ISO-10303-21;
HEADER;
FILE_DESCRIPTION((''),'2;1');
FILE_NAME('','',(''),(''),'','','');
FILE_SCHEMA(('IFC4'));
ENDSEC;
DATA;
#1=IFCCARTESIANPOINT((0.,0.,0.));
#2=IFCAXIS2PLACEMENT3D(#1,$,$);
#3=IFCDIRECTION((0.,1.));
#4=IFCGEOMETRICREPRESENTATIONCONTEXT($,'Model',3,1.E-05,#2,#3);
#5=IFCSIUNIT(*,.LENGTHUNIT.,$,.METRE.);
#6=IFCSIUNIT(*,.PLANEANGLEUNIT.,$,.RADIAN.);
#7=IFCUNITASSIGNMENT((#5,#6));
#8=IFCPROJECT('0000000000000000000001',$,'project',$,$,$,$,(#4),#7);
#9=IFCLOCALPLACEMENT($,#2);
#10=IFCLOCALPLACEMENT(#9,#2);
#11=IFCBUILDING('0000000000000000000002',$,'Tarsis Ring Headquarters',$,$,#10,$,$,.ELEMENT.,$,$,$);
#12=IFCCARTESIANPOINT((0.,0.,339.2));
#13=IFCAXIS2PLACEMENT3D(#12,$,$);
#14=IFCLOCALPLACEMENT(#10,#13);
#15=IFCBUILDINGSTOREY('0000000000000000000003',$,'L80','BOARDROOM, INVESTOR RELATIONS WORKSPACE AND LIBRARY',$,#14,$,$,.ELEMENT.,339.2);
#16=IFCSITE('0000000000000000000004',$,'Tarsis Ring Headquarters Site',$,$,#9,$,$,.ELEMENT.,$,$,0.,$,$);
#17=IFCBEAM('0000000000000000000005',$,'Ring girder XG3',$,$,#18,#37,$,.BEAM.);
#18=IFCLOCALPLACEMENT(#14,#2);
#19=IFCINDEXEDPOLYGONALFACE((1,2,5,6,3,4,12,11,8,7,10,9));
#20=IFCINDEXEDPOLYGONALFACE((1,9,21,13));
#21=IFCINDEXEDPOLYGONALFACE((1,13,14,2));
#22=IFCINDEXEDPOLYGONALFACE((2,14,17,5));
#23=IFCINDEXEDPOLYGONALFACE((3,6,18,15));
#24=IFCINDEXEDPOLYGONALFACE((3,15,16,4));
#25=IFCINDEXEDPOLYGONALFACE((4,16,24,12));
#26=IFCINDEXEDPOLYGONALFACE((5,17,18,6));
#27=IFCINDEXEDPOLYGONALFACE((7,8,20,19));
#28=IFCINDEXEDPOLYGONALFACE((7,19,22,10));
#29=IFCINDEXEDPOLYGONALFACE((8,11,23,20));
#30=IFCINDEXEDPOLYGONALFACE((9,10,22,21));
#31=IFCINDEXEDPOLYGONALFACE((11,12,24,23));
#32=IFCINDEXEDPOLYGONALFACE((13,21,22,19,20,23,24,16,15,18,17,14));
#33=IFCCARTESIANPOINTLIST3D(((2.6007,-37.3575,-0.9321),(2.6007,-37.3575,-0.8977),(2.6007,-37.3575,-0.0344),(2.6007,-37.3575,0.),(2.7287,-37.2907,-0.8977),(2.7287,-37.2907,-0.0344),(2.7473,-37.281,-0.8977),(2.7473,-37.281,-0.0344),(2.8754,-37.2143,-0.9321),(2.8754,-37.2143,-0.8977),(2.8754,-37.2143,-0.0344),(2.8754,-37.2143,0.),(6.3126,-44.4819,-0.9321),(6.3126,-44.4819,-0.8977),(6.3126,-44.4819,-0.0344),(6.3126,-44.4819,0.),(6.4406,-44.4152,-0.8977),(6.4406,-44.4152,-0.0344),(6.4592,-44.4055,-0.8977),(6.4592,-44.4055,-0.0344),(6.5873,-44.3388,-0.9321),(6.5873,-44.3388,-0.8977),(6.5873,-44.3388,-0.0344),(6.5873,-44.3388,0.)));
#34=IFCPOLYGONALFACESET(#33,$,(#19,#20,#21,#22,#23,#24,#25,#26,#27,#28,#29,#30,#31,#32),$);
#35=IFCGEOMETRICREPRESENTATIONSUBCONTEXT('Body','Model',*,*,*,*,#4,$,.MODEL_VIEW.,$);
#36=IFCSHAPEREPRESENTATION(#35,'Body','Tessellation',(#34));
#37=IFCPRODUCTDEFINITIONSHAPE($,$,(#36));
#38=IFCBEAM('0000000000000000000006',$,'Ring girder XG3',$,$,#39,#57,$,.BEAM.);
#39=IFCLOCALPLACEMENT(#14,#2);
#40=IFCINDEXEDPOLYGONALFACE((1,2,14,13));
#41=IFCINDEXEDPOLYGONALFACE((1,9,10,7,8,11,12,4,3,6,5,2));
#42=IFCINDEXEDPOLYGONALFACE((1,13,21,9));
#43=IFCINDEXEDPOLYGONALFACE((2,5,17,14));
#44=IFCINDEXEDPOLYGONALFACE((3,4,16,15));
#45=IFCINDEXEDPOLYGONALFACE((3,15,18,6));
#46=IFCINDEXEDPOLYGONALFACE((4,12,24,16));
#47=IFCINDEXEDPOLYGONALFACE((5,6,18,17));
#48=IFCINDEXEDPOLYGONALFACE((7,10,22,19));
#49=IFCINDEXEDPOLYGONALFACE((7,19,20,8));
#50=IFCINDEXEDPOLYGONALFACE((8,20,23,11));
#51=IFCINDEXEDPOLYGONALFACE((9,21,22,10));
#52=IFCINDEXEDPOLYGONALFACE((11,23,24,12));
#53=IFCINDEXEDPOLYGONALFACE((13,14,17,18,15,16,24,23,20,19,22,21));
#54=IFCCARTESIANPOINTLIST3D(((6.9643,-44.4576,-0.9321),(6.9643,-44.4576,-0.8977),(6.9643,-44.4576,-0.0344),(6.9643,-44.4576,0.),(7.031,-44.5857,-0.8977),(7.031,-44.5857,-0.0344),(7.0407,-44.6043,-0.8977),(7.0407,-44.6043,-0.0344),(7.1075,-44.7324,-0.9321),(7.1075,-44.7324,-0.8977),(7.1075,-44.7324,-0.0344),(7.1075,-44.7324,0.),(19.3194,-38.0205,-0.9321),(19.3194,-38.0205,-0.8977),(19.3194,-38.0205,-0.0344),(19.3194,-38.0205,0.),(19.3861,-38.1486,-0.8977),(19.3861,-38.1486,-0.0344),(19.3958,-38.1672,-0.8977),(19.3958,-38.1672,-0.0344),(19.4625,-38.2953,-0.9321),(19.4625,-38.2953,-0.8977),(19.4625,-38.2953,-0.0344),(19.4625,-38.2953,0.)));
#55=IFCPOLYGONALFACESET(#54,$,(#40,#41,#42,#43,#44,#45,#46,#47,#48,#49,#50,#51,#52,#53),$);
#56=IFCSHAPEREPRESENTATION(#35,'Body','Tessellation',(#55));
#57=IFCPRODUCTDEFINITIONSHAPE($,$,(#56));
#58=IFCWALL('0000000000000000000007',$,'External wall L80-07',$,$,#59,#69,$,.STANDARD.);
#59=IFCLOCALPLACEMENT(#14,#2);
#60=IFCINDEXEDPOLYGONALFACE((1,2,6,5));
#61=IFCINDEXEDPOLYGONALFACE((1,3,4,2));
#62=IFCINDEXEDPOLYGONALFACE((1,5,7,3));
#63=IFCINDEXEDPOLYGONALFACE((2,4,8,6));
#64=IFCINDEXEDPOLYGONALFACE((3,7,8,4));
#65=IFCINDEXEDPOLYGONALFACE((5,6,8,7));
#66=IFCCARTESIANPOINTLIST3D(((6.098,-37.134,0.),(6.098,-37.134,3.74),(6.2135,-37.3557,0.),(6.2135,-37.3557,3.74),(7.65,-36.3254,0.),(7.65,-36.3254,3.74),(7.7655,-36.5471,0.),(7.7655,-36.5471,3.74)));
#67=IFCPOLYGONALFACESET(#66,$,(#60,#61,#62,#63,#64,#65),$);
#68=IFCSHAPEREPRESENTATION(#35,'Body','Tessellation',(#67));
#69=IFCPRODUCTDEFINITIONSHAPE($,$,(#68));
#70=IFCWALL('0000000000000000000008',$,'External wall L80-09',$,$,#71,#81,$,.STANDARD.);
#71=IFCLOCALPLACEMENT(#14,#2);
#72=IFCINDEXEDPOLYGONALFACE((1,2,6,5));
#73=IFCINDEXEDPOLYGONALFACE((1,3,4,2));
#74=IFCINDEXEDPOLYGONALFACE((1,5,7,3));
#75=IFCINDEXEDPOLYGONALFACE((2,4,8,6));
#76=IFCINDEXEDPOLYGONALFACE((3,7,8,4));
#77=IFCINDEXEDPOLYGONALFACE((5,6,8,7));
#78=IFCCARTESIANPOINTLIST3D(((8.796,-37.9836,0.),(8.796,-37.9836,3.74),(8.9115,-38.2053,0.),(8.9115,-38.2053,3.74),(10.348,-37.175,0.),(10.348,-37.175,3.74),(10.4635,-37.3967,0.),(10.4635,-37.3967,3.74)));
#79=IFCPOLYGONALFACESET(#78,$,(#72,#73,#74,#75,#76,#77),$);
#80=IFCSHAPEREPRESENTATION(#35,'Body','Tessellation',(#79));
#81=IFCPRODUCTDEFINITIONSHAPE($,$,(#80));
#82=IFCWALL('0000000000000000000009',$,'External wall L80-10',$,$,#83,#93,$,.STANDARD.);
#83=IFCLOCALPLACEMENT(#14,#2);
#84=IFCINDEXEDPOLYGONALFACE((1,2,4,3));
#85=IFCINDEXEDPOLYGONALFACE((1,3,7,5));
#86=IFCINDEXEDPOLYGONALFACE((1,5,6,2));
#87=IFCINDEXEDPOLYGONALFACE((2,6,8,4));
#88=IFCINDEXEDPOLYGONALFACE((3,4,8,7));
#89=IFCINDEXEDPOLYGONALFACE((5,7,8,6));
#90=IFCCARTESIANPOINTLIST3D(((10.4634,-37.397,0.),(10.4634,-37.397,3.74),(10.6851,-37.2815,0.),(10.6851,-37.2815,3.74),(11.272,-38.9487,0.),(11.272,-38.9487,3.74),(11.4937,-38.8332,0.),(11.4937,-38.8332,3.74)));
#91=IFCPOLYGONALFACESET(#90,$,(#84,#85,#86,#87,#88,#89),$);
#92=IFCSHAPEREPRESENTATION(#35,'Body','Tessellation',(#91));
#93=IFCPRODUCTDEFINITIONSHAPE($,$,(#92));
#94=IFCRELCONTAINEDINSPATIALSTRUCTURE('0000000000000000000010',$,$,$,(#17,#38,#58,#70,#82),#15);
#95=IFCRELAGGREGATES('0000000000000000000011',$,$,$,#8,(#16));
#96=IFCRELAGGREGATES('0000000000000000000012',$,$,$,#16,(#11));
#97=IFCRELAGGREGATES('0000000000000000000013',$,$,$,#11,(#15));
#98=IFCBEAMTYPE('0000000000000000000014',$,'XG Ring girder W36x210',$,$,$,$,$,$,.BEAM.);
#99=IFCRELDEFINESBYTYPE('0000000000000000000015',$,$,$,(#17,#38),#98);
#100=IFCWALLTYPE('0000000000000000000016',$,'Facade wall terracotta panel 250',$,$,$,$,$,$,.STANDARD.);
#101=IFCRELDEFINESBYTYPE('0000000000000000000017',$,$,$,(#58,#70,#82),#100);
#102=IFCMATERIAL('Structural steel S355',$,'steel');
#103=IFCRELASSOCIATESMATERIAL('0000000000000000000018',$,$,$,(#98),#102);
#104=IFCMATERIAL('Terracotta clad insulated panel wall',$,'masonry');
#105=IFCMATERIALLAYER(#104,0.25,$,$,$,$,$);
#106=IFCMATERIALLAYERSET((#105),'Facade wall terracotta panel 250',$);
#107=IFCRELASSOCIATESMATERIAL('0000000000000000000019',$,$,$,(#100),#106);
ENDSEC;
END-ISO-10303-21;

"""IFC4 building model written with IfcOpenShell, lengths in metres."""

from ifc_helpers import new_model, si_unit, direction, frame, frame_2d, origin, origin_2d, place, context, subcontext, project, spatial, rectangle, i_section, extrude, material, layer, layer_set, material_profile, profile_set, type_object, element, save


model = new_model("IFC4")

# Units and contexts
model_context = context("Model", 3, precision=1e-05, world=origin(), true_north=direction((0.0, 1.0)))
body_context = subcontext(model_context, "Body", "Model", "MODEL_VIEW")
ifc_project = project(units=[si_unit("LENGTHUNIT", "METRE"), si_unit("PLANEANGLEUNIT", "RADIAN")], contexts=[model_context])

# Site, building, storey
site_placement = place(None, origin())
site = spatial("IfcSite", under=ifc_project, at=site_placement, Name="Tarsis Ring Headquarters Site", CompositionType="ELEMENT", RefElevation=0.0)
building_placement = place(site_placement, origin())
building = spatial("IfcBuilding", under=site, at=building_placement, Name="Tarsis Ring Headquarters", CompositionType="ELEMENT")
storey_placement = place(building_placement, frame((0.0, 0.0, 339.2)))
storey = spatial("IfcBuildingStorey", under=building, at=storey_placement, Name="L80", Description="BOARDROOM, INVESTOR RELATIONS WORKSPACE AND LIBRARY", CompositionType="ELEMENT", Elevation=339.2)

# Shared definitions
ifc_material_1 = material(Name="Structural steel S355", Category="steel")

# Beams
ifc_material_profile_1 = material_profile(ifc_material_1, i_section(OverallWidth=0.3098, OverallDepth=0.9321, WebThickness=0.021, FlangeThickness=0.0344, at=origin_2d()), Name="W36x210")
ifc_profile_set_1 = profile_set([ifc_material_profile_1], Name="Structural steel S355")
beam_type_1 = type_object("IfcBeamType", Name="XG Ring girder W36x210", PredefinedType="BEAM", material=ifc_profile_set_1)
beam_1_placement = place(storey_placement, frame((2.738, -37.2859, -0.4661), z_axis=(0.462055, -0.886851, 0.0), x_axis=(0.886851, 0.462055, 0.0)))
element("IfcBeam", 1, at=beam_1_placement, inside=storey, type_object=beam_type_1, Name="Ring girder XG3", PredefinedType="BEAM", context=body_context, shape_type="SweptSolid", body=[
    extrude(i_section(OverallWidth=0.3098, OverallDepth=0.9321, WebThickness=0.021, FlangeThickness=0.0344, at=origin_2d()), origin(), (0.0, 0.0, 1.0), 8.0334),
])
beam_2_placement = place(storey_placement, frame((7.0359, -44.595, -0.4661), z_axis=(0.886852, 0.462054, 0.0), x_axis=(-0.462054, 0.886852, 0.0)))
element("IfcBeam", 2, at=beam_2_placement, inside=storey, type_object=beam_type_1, Name="Ring girder XG3", PredefinedType="BEAM", context=body_context, shape_type="SweptSolid", body=[
    extrude(i_section(OverallWidth=0.3098, OverallDepth=0.9321, WebThickness=0.021, FlangeThickness=0.0344, at=origin_2d()), origin(), (0.0, 0.0, 1.0), 13.9314),
])

# Walls
ifc_material_2 = material(Name="Terracotta clad insulated panel wall", Category="masonry")
ifc_layer = layer(ifc_material_2, 0.25)
ifc_layer_set = layer_set([ifc_layer], Name="Facade wall terracotta panel 250")
wall_type = type_object("IfcWallType", Name="Facade wall terracotta panel 250", PredefinedType="STANDARD", material=ifc_layer_set)
for number, where, z_axis, x_axis, name in (
    (3, (6.1558, -37.2449, 0.0), (0.0, 0.0, 1.0), (0.886853, 0.462051, 0.0), "External wall L80-07"),
    (4, (8.8538, -38.0945, 0.0), (0.0, 0.0, 1.0), (0.886853, 0.462051, 0.0), "External wall L80-09"),
):
    element("IfcWall", number, at=place(storey_placement, frame(where, z_axis=z_axis, x_axis=x_axis)), inside=storey, type_object=wall_type, Name=name, PredefinedType="STANDARD", context=body_context, shape_type="SweptSolid", body=[
        extrude(rectangle(XDim=1.75, YDim=0.25, at=frame_2d((0.875, 0.0))), origin(), (0.0, 0.0, 1.0), 3.74),
    ])
wall_placement = place(storey_placement, frame((10.5742, -37.3391, 0.0), z_axis=(0.0, 0.0, 1.0), x_axis=(0.462108, -0.886824, 0.0)))
element("IfcWall", 5, at=wall_placement, inside=storey, type_object=wall_type, Name="External wall L80-10", PredefinedType="STANDARD", context=body_context, shape_type="SweptSolid", body=[
    extrude(rectangle(XDim=1.7498, YDim=0.25, at=frame_2d((0.875, 0.0))), origin(), (0.0, 0.0, 1.0), 3.74),
])

save(model, "model.ifc")
